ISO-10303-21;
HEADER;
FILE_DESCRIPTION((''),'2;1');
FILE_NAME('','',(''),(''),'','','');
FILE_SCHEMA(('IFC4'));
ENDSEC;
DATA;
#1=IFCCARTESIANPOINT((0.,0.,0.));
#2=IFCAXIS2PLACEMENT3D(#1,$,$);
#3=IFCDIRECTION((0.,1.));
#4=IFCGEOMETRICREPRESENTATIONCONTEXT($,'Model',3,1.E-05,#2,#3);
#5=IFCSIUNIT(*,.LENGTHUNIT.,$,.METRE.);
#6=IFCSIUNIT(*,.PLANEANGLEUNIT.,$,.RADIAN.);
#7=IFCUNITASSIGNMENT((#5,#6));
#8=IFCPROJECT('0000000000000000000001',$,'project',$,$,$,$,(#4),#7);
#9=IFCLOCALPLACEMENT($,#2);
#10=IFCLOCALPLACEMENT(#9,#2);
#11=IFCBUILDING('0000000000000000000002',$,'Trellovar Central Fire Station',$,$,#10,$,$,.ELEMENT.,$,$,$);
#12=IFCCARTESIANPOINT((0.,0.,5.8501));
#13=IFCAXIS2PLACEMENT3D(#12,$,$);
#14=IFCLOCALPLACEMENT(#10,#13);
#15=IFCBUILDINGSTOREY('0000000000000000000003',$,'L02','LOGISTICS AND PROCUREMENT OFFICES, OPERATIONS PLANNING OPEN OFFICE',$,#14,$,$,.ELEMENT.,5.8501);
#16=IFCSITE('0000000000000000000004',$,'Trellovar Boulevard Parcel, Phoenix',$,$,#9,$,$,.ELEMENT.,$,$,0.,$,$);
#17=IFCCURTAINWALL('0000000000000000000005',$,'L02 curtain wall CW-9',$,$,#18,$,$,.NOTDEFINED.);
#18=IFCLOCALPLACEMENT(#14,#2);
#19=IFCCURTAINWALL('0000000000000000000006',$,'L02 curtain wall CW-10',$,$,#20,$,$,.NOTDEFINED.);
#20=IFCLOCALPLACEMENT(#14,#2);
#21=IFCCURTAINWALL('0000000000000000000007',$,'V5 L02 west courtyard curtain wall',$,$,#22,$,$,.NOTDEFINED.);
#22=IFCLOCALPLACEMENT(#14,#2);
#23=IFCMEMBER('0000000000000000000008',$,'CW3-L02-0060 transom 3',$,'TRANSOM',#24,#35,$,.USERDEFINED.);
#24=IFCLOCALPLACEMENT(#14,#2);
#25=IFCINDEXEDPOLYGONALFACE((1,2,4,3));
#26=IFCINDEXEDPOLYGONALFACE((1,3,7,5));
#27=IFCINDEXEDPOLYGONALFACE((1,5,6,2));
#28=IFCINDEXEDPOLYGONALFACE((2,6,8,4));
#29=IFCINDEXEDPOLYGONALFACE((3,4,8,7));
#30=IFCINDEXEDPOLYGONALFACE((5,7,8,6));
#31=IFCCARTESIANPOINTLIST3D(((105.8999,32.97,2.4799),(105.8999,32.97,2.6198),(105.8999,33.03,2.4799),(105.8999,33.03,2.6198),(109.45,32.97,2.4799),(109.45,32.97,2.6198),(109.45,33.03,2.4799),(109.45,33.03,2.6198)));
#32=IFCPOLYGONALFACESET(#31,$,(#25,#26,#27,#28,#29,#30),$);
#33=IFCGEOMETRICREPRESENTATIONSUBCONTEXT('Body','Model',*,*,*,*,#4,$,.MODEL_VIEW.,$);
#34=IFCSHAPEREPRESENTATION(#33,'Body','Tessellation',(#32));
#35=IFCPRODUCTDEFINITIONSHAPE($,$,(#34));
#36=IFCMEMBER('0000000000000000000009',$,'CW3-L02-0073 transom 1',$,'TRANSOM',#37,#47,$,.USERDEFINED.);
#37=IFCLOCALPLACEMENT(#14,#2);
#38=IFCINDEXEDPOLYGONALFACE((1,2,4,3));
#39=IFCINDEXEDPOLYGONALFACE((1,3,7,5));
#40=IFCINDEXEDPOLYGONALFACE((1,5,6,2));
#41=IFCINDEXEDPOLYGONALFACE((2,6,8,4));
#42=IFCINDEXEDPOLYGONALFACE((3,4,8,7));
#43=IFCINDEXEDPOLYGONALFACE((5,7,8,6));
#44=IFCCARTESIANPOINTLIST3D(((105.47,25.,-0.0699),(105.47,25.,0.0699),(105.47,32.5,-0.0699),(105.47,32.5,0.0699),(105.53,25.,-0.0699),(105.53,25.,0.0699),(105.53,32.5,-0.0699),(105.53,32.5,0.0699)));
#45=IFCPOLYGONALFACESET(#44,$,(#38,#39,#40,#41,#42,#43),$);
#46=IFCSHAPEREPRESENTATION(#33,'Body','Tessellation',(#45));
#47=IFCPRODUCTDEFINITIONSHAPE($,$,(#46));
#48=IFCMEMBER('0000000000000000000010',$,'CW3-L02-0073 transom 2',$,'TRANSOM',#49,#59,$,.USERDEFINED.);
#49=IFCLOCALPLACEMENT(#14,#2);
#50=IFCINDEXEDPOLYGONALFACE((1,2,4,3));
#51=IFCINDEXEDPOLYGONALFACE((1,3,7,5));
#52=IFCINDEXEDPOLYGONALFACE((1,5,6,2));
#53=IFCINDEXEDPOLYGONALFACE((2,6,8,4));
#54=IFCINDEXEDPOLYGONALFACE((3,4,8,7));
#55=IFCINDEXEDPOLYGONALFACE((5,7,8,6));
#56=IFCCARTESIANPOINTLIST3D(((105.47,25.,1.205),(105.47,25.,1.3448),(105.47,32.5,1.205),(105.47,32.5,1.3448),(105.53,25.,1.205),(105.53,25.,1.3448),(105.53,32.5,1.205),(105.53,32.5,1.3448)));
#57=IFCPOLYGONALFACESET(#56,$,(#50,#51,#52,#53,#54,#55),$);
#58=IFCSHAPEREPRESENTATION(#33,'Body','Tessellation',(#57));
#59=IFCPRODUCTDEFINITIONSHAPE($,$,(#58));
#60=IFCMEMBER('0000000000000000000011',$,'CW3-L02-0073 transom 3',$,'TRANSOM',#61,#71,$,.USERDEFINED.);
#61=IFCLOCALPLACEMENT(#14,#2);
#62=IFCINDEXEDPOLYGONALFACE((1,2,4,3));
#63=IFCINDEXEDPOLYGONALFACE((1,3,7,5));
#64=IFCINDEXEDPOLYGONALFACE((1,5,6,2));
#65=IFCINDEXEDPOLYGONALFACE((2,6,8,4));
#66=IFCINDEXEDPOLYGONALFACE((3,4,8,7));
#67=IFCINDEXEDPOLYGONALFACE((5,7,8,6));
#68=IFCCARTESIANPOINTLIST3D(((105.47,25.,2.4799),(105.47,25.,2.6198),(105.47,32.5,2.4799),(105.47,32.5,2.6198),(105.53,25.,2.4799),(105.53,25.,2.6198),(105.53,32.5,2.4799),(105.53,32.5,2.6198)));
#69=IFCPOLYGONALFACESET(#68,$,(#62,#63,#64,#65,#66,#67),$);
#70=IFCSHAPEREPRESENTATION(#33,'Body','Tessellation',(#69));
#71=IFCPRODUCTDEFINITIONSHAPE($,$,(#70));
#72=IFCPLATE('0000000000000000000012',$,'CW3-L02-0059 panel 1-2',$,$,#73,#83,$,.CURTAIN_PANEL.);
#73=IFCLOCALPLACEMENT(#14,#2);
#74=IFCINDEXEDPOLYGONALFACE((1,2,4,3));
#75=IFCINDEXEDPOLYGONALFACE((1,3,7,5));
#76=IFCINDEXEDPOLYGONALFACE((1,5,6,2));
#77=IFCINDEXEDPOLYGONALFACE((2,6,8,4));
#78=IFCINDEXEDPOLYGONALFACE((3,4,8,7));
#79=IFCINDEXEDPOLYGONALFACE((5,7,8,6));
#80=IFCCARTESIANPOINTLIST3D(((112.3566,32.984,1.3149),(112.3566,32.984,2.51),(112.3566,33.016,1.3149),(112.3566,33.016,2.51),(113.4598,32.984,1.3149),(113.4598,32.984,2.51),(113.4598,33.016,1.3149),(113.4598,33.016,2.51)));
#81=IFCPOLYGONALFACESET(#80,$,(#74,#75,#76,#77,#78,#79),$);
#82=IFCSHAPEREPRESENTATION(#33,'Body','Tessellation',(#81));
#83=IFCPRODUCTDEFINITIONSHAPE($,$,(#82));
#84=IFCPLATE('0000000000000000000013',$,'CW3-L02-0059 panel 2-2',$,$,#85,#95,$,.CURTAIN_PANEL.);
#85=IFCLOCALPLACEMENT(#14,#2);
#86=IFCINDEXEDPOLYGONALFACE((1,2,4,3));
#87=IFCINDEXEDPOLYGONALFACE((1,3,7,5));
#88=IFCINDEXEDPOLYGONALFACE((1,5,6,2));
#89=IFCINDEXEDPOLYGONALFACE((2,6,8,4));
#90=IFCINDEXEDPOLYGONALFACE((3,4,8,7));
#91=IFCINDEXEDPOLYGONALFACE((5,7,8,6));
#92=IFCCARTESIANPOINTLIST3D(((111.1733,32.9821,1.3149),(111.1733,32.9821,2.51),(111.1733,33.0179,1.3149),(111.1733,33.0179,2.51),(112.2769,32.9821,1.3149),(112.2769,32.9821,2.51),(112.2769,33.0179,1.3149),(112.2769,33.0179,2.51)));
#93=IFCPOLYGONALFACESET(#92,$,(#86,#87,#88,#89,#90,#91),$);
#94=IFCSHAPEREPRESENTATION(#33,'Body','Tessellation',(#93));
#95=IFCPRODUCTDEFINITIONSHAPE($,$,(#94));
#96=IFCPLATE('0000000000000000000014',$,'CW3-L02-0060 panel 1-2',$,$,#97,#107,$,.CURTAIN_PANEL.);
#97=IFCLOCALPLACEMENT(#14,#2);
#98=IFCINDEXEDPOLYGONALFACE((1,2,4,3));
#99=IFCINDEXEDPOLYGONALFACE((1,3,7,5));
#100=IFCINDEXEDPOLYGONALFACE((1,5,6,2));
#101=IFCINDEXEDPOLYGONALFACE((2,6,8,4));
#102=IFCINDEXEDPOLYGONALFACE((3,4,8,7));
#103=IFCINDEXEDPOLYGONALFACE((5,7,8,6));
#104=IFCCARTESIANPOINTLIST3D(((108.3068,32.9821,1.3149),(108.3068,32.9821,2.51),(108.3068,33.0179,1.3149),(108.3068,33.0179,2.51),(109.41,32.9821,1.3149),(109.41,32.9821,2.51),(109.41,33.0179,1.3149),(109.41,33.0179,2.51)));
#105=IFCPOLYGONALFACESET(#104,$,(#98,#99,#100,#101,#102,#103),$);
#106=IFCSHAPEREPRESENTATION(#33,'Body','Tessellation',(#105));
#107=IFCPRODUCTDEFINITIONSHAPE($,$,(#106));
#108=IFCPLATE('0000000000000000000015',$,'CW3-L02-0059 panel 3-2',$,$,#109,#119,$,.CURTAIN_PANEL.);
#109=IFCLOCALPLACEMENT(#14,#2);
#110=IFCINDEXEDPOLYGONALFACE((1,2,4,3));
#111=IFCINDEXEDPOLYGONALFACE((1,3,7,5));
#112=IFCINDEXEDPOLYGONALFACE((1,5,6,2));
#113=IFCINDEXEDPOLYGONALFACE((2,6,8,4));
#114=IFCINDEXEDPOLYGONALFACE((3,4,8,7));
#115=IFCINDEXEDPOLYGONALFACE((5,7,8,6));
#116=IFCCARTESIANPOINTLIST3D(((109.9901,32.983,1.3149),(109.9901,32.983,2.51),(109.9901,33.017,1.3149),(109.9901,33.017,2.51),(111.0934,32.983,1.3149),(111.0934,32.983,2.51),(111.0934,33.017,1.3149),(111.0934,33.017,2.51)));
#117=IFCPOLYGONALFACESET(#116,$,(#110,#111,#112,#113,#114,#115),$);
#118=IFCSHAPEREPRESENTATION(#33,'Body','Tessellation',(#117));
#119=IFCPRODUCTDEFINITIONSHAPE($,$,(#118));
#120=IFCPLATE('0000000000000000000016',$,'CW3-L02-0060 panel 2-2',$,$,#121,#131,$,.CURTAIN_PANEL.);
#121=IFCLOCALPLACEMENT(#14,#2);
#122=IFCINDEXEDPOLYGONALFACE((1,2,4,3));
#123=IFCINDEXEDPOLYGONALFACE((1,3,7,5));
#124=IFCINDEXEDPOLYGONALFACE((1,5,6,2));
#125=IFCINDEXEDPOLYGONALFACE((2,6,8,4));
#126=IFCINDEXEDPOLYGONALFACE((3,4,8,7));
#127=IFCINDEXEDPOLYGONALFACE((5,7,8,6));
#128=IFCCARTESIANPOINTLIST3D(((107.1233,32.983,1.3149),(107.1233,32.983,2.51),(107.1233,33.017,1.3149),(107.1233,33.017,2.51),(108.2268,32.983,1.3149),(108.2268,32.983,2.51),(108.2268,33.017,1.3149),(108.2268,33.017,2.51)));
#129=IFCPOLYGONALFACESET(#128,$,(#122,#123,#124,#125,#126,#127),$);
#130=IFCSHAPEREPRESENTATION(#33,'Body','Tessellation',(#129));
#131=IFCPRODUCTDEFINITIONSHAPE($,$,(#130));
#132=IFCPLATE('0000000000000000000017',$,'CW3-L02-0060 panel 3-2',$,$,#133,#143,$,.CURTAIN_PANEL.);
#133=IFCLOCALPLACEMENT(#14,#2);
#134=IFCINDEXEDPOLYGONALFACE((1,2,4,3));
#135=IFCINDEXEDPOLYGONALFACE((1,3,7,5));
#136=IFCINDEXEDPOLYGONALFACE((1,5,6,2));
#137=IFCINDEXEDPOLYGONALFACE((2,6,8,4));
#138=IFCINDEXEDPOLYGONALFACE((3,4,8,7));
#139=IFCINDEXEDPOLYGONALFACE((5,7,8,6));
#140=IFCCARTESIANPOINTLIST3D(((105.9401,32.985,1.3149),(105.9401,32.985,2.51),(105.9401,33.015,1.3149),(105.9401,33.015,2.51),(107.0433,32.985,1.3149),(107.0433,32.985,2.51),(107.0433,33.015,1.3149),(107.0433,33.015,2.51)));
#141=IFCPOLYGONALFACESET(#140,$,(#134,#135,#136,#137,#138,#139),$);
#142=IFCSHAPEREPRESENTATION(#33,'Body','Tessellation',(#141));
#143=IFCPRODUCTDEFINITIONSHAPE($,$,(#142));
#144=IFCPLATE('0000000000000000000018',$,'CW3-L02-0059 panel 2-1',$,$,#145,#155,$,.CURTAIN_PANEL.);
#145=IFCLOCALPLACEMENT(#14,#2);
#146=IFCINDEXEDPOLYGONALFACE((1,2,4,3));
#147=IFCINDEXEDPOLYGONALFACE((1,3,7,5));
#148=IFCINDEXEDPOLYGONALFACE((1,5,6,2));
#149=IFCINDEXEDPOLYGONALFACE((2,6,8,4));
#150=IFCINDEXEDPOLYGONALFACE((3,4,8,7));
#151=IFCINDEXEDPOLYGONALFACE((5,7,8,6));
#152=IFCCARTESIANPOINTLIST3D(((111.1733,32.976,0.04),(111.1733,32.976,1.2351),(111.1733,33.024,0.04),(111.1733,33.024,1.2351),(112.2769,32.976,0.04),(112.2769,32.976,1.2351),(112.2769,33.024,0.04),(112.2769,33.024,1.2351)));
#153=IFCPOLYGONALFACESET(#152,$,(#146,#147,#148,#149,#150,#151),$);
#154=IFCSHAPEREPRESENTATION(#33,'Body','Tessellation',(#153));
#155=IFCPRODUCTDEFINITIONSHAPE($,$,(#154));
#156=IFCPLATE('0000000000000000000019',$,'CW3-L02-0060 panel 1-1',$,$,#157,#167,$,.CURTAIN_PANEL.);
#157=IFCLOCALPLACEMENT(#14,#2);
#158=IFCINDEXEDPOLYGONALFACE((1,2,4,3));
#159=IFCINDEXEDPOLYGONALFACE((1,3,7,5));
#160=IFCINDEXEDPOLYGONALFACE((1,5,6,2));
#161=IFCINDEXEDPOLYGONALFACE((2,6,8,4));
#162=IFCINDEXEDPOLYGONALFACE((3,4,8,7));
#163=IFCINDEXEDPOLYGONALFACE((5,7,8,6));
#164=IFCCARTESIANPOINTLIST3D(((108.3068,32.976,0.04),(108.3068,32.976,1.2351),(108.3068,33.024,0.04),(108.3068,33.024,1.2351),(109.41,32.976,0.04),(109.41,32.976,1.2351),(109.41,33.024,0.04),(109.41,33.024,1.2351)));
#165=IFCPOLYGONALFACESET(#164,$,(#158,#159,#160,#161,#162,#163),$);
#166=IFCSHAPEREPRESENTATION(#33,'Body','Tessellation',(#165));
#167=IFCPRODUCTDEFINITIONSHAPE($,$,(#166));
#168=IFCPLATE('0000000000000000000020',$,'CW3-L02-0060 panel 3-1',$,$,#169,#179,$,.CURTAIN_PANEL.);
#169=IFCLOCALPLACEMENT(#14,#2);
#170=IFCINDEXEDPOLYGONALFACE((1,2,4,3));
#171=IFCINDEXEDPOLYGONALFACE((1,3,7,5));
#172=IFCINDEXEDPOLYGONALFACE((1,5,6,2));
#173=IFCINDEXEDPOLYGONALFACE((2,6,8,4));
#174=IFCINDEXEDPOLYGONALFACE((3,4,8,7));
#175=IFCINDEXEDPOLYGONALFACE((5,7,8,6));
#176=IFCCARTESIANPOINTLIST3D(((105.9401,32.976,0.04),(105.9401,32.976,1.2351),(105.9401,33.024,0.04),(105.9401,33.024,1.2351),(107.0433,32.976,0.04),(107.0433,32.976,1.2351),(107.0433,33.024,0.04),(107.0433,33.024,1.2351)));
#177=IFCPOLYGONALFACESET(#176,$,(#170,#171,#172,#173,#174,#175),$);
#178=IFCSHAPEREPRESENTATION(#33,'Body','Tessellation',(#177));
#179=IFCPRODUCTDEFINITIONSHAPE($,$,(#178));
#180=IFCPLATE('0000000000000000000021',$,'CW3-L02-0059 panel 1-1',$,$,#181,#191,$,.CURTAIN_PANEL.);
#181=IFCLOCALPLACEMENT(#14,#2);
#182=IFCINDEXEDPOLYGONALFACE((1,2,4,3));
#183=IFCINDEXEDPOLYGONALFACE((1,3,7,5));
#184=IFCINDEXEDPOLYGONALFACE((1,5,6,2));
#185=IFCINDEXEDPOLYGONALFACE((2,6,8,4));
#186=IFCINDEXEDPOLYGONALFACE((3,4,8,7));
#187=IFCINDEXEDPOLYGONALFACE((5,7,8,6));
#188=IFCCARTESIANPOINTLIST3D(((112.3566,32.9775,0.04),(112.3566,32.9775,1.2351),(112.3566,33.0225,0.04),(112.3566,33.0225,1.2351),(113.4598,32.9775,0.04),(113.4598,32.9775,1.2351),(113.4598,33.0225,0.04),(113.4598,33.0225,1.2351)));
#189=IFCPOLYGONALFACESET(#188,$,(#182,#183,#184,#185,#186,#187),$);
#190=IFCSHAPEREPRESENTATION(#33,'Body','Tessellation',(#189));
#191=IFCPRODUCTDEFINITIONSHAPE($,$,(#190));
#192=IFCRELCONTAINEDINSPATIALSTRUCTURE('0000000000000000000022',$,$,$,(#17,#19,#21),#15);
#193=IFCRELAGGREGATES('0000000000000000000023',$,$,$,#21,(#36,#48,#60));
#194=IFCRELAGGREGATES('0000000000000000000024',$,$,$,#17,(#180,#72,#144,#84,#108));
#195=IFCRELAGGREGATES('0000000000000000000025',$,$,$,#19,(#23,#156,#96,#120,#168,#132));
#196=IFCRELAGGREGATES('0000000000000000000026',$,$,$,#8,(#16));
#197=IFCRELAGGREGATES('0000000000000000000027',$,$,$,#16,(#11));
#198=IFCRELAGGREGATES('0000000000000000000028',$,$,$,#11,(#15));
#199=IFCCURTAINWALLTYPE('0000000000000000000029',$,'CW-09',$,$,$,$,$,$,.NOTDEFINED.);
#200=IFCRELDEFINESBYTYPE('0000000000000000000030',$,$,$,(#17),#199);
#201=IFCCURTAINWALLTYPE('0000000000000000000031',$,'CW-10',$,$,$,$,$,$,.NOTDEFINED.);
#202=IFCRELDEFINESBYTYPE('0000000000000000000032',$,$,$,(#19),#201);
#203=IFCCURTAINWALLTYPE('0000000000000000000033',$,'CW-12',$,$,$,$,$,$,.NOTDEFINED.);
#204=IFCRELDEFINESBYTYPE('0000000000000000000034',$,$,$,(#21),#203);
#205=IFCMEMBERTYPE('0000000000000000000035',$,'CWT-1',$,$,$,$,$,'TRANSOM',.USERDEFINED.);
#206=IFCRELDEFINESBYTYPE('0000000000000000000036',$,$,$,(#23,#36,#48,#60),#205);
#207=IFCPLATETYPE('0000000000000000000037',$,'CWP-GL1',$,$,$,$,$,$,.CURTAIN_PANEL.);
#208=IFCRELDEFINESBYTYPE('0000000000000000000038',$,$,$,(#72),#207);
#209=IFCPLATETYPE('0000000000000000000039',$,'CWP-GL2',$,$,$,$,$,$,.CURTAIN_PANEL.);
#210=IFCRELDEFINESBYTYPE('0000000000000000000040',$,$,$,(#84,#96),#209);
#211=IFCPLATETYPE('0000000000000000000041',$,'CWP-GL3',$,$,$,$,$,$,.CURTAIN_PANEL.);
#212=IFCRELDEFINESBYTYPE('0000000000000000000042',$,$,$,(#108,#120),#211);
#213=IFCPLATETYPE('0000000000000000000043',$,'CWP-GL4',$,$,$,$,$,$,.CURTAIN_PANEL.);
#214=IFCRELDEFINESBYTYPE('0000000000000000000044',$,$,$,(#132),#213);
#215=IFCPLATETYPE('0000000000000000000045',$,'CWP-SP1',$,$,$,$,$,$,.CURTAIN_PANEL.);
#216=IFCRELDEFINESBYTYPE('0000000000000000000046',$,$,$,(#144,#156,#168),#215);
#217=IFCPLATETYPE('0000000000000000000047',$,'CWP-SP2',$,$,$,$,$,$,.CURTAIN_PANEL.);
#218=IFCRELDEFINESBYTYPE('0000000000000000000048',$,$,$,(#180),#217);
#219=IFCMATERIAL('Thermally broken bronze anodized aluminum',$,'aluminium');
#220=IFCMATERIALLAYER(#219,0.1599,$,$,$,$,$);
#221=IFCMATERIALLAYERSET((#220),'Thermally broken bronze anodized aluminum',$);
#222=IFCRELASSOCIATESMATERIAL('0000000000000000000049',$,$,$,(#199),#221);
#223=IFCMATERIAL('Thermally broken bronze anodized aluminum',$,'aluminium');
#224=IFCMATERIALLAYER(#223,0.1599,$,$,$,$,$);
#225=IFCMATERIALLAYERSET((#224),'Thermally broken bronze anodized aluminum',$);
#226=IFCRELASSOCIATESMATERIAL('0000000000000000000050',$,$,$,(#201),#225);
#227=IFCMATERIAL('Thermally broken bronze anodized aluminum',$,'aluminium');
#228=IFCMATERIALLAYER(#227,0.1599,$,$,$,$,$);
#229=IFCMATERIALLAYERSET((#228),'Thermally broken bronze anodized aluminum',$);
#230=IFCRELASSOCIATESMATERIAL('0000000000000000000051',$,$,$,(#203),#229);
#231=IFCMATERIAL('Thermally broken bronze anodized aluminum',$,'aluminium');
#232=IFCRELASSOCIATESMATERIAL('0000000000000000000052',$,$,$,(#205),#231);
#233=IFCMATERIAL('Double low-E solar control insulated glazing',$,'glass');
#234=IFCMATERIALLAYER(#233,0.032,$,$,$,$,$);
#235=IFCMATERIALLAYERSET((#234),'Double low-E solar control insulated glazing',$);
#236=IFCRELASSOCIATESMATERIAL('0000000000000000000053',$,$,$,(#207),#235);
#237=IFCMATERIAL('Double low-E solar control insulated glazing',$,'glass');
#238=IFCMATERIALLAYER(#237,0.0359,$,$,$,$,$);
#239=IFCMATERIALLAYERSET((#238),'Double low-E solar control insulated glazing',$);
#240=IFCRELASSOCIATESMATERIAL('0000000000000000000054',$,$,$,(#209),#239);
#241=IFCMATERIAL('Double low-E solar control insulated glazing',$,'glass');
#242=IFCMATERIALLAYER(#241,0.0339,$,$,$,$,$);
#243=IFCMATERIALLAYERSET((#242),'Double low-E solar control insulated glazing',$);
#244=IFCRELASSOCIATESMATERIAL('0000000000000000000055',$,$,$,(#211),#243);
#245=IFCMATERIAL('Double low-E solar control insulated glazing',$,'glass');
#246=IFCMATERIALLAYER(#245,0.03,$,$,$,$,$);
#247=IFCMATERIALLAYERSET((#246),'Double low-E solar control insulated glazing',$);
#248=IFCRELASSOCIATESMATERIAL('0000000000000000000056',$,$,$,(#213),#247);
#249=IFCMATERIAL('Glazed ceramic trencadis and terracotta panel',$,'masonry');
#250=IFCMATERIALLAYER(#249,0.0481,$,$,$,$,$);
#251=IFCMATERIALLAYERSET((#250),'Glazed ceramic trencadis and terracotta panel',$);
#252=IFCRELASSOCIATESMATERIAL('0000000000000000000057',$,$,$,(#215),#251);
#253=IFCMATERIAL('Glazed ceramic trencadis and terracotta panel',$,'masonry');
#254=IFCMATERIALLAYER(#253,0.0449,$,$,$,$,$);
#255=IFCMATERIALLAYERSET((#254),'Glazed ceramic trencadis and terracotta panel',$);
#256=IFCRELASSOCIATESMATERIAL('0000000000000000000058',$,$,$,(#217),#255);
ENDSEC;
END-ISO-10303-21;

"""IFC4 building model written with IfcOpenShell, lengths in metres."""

from ifc_helpers import new_model, si_unit, direction, frame, origin, origin_2d, place, context, subcontext, project, spatial, rectangle, extrude, material, layer, layer_set, material_profile, profile_set, type_object, element, aggregate, save


model = new_model("IFC4")

# Units and contexts
model_context = context("Model", 3, precision=1e-05, world=origin(), true_north=direction((0.0, 1.0)))
body_context = subcontext(model_context, "Body", "Model", "MODEL_VIEW")
ifc_project = project(units=[si_unit("LENGTHUNIT", "METRE"), si_unit("PLANEANGLEUNIT", "RADIAN")], contexts=[model_context])

# Site, building, storey
site_placement = place(None, origin())
site = spatial("IfcSite", under=ifc_project, at=site_placement, Name="Trellovar Boulevard Parcel, Phoenix", CompositionType="ELEMENT", RefElevation=0.0)
building_placement = place(site_placement, origin())
building = spatial("IfcBuilding", under=site, at=building_placement, Name="Trellovar Central Fire Station", CompositionType="ELEMENT")
storey_placement = place(building_placement, frame((0.0, 0.0, 5.8501)))
storey = spatial("IfcBuildingStorey", under=building, at=storey_placement, Name="L02", Description="LOGISTICS AND PROCUREMENT OFFICES, OPERATIONS PLANNING OPEN OFFICE", CompositionType="ELEMENT", Elevation=5.8501)

# Curtain walls
ifc_material_1 = material(Name="Thermally broken bronze anodized aluminum", Category="aluminium")
ifc_layer_1 = layer(ifc_material_1, 0.1599)
ifc_layer_set_1 = layer_set([ifc_layer_1], Name="Thermally broken bronze anodized aluminum")
curtain_wall_type_1 = type_object("IfcCurtainWallType", Name="CW-09", PredefinedType="NOTDEFINED", material=ifc_layer_set_1)
curtain_wall_1_placement = place(storey_placement, origin())
curtain_wall_1 = element("IfcCurtainWall", 1, at=curtain_wall_1_placement, inside=storey, type_object=curtain_wall_type_1, Name="L02 curtain wall CW-9", PredefinedType="NOTDEFINED")
ifc_material_2 = material(Name="Thermally broken bronze anodized aluminum", Category="aluminium")
ifc_layer_2 = layer(ifc_material_2, 0.1599)
ifc_layer_set_2 = layer_set([ifc_layer_2], Name="Thermally broken bronze anodized aluminum")
curtain_wall_type_2 = type_object("IfcCurtainWallType", Name="CW-10", PredefinedType="NOTDEFINED", material=ifc_layer_set_2)
curtain_wall_2_placement = place(storey_placement, origin())
curtain_wall_2 = element("IfcCurtainWall", 2, at=curtain_wall_2_placement, inside=storey, type_object=curtain_wall_type_2, Name="L02 curtain wall CW-10", PredefinedType="NOTDEFINED")

# Curtain wall
ifc_material_3 = material(Name="Thermally broken bronze anodized aluminum", Category="aluminium")
ifc_layer_3 = layer(ifc_material_3, 0.1599)
ifc_layer_set_3 = layer_set([ifc_layer_3], Name="Thermally broken bronze anodized aluminum")
curtain_wall_type_3 = type_object("IfcCurtainWallType", Name="CW-12", PredefinedType="NOTDEFINED", material=ifc_layer_set_3)
curtain_wall_3_placement = place(storey_placement, origin())
curtain_wall_3 = element("IfcCurtainWall", 3, at=curtain_wall_3_placement, inside=storey, type_object=curtain_wall_type_3, Name="V5 L02 west courtyard curtain wall", PredefinedType="NOTDEFINED")

# Members
ifc_material_4 = material(Name="Thermally broken bronze anodized aluminum", Category="aluminium")
ifc_material_profile_1 = material_profile(ifc_material_4, rectangle(XDim=0.0601, YDim=0.1399, at=origin_2d()), Name="ALU60X140")
ifc_profile_set_1 = profile_set([ifc_material_profile_1], Name="Thermally broken bronze anodized aluminum")
member_type_1 = type_object("IfcMemberType", Name="CWT-1", ElementType="TRANSOM", PredefinedType="USERDEFINED", material=ifc_profile_set_1)
member_1_placement = place(storey_placement, frame((109.45, 33.0, 2.5498), z_axis=(-1.0, 0.0, 0.0), x_axis=(0.0, -1.0, 0.0)))
member_1 = element("IfcMember", 4, at=member_1_placement, type_object=member_type_1, Name="CW3-L02-0060 transom 3", ObjectType="TRANSOM", PredefinedType="USERDEFINED", context=body_context, shape_type="SweptSolid", body=[
    extrude(rectangle(XDim=0.0601, YDim=0.1399, at=origin_2d()), origin(), (0.0, 0.0, 1.0), 3.55),
])
member_2_placement = place(storey_placement, frame((105.5, 32.5, 0.0), z_axis=(0.0, -1.0, 0.0), x_axis=(1.0, 0.0, 0.0)))
member_2 = element("IfcMember", 5, at=member_2_placement, type_object=member_type_1, Name="CW3-L02-0073 transom 1", ObjectType="TRANSOM", PredefinedType="USERDEFINED", context=body_context, shape_type="SweptSolid", body=[
    extrude(rectangle(XDim=0.0601, YDim=0.1399, at=origin_2d()), origin(), (0.0, 0.0, 1.0), 7.5),
])
member_3_placement = place(storey_placement, frame((105.5, 32.5, 1.2749), z_axis=(0.0, -1.0, 0.0), x_axis=(1.0, 0.0, 0.0)))
member_3 = element("IfcMember", 6, at=member_3_placement, type_object=member_type_1, Name="CW3-L02-0073 transom 2", ObjectType="TRANSOM", PredefinedType="USERDEFINED", context=body_context, shape_type="SweptSolid", body=[
    extrude(rectangle(XDim=0.0601, YDim=0.1399, at=origin_2d()), origin(), (0.0, 0.0, 1.0), 7.5),
])
member_4_placement = place(storey_placement, frame((105.5, 32.5, 2.5498), z_axis=(0.0, -1.0, 0.0), x_axis=(1.0, 0.0, 0.0)))
member_4 = element("IfcMember", 7, at=member_4_placement, type_object=member_type_1, Name="CW3-L02-0073 transom 3", ObjectType="TRANSOM", PredefinedType="USERDEFINED", context=body_context, shape_type="SweptSolid", body=[
    extrude(rectangle(XDim=0.0601, YDim=0.1399, at=origin_2d()), origin(), (0.0, 0.0, 1.0), 7.5),
])
aggregate(curtain_wall_3, [member_2, member_3, member_4])

# Plates
ifc_material_5 = material(Name="Double low-E solar control insulated glazing", Category="glass")
ifc_layer_4 = layer(ifc_material_5, 0.032)
ifc_layer_set_4 = layer_set([ifc_layer_4], Name="Double low-E solar control insulated glazing")
plate_type_1 = type_object("IfcPlateType", Name="CWP-GL1", PredefinedType="CURTAIN_PANEL", material=ifc_layer_set_4)
plate_1_placement = place(storey_placement, frame((112.9082, 33.0, 1.3149), z_axis=(0.0, 0.0, 1.0), x_axis=(-1.0, 0.0, 0.0)))
plate_1 = element("IfcPlate", 8, at=plate_1_placement, type_object=plate_type_1, Name="CW3-L02-0059 panel 1-2", PredefinedType="CURTAIN_PANEL", context=body_context, shape_type="SweptSolid", body=[
    extrude(rectangle(XDim=1.1033, YDim=0.032, at=origin_2d()), origin(), (0.0, 0.0, 1.0), 1.1951),
])
ifc_material_6 = material(Name="Double low-E solar control insulated glazing", Category="glass")
ifc_layer_5 = layer(ifc_material_6, 0.0359)
ifc_layer_set_5 = layer_set([ifc_layer_5], Name="Double low-E solar control insulated glazing")
plate_type_2 = type_object("IfcPlateType", Name="CWP-GL2", PredefinedType="CURTAIN_PANEL", material=ifc_layer_set_5)
plate_2_placement = place(storey_placement, frame((111.7251, 33.0, 1.3149), z_axis=(0.0, 0.0, 1.0), x_axis=(-1.0, 0.0, 0.0)))
plate_2 = element("IfcPlate", 9, at=plate_2_placement, type_object=plate_type_2, Name="CW3-L02-0059 panel 2-2", PredefinedType="CURTAIN_PANEL", context=body_context, shape_type="SweptSolid", body=[
    extrude(rectangle(XDim=1.1035, YDim=0.0359, at=origin_2d()), origin(), (0.0, 0.0, 1.0), 1.1951),
])
plate_3_placement = place(storey_placement, frame((108.8584, 33.0, 1.3149), z_axis=(0.0, 0.0, 1.0), x_axis=(-1.0, 0.0, 0.0)))
plate_3 = element("IfcPlate", 10, at=plate_3_placement, type_object=plate_type_2, Name="CW3-L02-0060 panel 1-2", PredefinedType="CURTAIN_PANEL", context=body_context, shape_type="SweptSolid", body=[
    extrude(rectangle(XDim=1.1033, YDim=0.0359, at=origin_2d()), origin(), (0.0, 0.0, 1.0), 1.1951),
])
ifc_material_7 = material(Name="Double low-E solar control insulated glazing", Category="glass")
ifc_layer_6 = layer(ifc_material_7, 0.0339)
ifc_layer_set_6 = layer_set([ifc_layer_6], Name="Double low-E solar control insulated glazing")
plate_type_3 = type_object("IfcPlateType", Name="CWP-GL3", PredefinedType="CURTAIN_PANEL", material=ifc_layer_set_6)
plate_4_placement = place(storey_placement, frame((110.5417, 33.0, 1.3149), z_axis=(0.0, 0.0, 1.0), x_axis=(-1.0, 0.0, 0.0)))
plate_4 = element("IfcPlate", 11, at=plate_4_placement, type_object=plate_type_3, Name="CW3-L02-0059 panel 3-2", PredefinedType="CURTAIN_PANEL", context=body_context, shape_type="SweptSolid", body=[
    extrude(rectangle(XDim=1.1033, YDim=0.0339, at=origin_2d()), origin(), (0.0, 0.0, 1.0), 1.1951),
])
plate_5_placement = place(storey_placement, frame((107.675, 33.0, 1.3149), z_axis=(0.0, 0.0, 1.0), x_axis=(-1.0, 0.0, 0.0)))
plate_5 = element("IfcPlate", 12, at=plate_5_placement, type_object=plate_type_3, Name="CW3-L02-0060 panel 2-2", PredefinedType="CURTAIN_PANEL", context=body_context, shape_type="SweptSolid", body=[
    extrude(rectangle(XDim=1.1035, YDim=0.0339, at=origin_2d()), origin(), (0.0, 0.0, 1.0), 1.1951),
])
ifc_material_8 = material(Name="Double low-E solar control insulated glazing", Category="glass")
ifc_layer_7 = layer(ifc_material_8, 0.03)
ifc_layer_set_7 = layer_set([ifc_layer_7], Name="Double low-E solar control insulated glazing")
plate_type_4 = type_object("IfcPlateType", Name="CWP-GL4", PredefinedType="CURTAIN_PANEL", material=ifc_layer_set_7)
plate_6_placement = place(storey_placement, frame((106.4917, 33.0, 1.3149), z_axis=(0.0, 0.0, 1.0), x_axis=(-1.0, 0.0, 0.0)))
plate_6 = element("IfcPlate", 13, at=plate_6_placement, type_object=plate_type_4, Name="CW3-L02-0060 panel 3-2", PredefinedType="CURTAIN_PANEL", context=body_context, shape_type="SweptSolid", body=[
    extrude(rectangle(XDim=1.1033, YDim=0.03, at=origin_2d()), origin(), (0.0, 0.0, 1.0), 1.1951),
])
ifc_material_9 = material(Name="Glazed ceramic trencadis and terracotta panel", Category="masonry")
ifc_layer_8 = layer(ifc_material_9, 0.0481)
ifc_layer_set_8 = layer_set([ifc_layer_8], Name="Glazed ceramic trencadis and terracotta panel")
plate_type_5 = type_object("IfcPlateType", Name="CWP-SP1", PredefinedType="CURTAIN_PANEL", material=ifc_layer_set_8)
plate_7_placement = place(storey_placement, frame((111.7251, 33.0, 0.04), z_axis=(0.0, 0.0, 1.0), x_axis=(-1.0, 0.0, 0.0)))
plate_7 = element("IfcPlate", 14, at=plate_7_placement, type_object=plate_type_5, Name="CW3-L02-0059 panel 2-1", PredefinedType="CURTAIN_PANEL", context=body_context, shape_type="SweptSolid", body=[
    extrude(rectangle(XDim=1.1035, YDim=0.0481, at=origin_2d()), origin(), (0.0, 0.0, 1.0), 1.1951),
])
plate_8_placement = place(storey_placement, frame((108.8584, 33.0, 0.04), z_axis=(0.0, 0.0, 1.0), x_axis=(-1.0, 0.0, 0.0)))
plate_8 = element("IfcPlate", 15, at=plate_8_placement, type_object=plate_type_5, Name="CW3-L02-0060 panel 1-1", PredefinedType="CURTAIN_PANEL", context=body_context, shape_type="SweptSolid", body=[
    extrude(rectangle(XDim=1.1033, YDim=0.0481, at=origin_2d()), origin(), (0.0, 0.0, 1.0), 1.1951),
])
plate_9_placement = place(storey_placement, frame((106.4917, 33.0, 0.04), z_axis=(0.0, 0.0, 1.0), x_axis=(-1.0, 0.0, 0.0)))
plate_9 = element("IfcPlate", 16, at=plate_9_placement, type_object=plate_type_5, Name="CW3-L02-0060 panel 3-1", PredefinedType="CURTAIN_PANEL", context=body_context, shape_type="SweptSolid", body=[
    extrude(rectangle(XDim=1.1033, YDim=0.0481, at=origin_2d()), origin(), (0.0, 0.0, 1.0), 1.1951),
])
ifc_material_10 = material(Name="Glazed ceramic trencadis and terracotta panel", Category="masonry")
ifc_layer_9 = layer(ifc_material_10, 0.0449)
ifc_layer_set_9 = layer_set([ifc_layer_9], Name="Glazed ceramic trencadis and terracotta panel")
plate_type_6 = type_object("IfcPlateType", Name="CWP-SP2", PredefinedType="CURTAIN_PANEL", material=ifc_layer_set_9)
plate_10_placement = place(storey_placement, frame((112.9082, 33.0, 0.04), z_axis=(0.0, 0.0, 1.0), x_axis=(-1.0, 0.0, 0.0)))
plate_10 = element("IfcPlate", 17, at=plate_10_placement, type_object=plate_type_6, Name="CW3-L02-0059 panel 1-1", PredefinedType="CURTAIN_PANEL", context=body_context, shape_type="SweptSolid", body=[
    extrude(rectangle(XDim=1.1033, YDim=0.0449, at=origin_2d()), origin(), (0.0, 0.0, 1.0), 1.1951),
])
aggregate(curtain_wall_1, [plate_10, plate_1, plate_7, plate_2, plate_4])
aggregate(curtain_wall_2, [member_1, plate_8, plate_3, plate_5, plate_9, plate_6])

save(model, "model.ifc")
